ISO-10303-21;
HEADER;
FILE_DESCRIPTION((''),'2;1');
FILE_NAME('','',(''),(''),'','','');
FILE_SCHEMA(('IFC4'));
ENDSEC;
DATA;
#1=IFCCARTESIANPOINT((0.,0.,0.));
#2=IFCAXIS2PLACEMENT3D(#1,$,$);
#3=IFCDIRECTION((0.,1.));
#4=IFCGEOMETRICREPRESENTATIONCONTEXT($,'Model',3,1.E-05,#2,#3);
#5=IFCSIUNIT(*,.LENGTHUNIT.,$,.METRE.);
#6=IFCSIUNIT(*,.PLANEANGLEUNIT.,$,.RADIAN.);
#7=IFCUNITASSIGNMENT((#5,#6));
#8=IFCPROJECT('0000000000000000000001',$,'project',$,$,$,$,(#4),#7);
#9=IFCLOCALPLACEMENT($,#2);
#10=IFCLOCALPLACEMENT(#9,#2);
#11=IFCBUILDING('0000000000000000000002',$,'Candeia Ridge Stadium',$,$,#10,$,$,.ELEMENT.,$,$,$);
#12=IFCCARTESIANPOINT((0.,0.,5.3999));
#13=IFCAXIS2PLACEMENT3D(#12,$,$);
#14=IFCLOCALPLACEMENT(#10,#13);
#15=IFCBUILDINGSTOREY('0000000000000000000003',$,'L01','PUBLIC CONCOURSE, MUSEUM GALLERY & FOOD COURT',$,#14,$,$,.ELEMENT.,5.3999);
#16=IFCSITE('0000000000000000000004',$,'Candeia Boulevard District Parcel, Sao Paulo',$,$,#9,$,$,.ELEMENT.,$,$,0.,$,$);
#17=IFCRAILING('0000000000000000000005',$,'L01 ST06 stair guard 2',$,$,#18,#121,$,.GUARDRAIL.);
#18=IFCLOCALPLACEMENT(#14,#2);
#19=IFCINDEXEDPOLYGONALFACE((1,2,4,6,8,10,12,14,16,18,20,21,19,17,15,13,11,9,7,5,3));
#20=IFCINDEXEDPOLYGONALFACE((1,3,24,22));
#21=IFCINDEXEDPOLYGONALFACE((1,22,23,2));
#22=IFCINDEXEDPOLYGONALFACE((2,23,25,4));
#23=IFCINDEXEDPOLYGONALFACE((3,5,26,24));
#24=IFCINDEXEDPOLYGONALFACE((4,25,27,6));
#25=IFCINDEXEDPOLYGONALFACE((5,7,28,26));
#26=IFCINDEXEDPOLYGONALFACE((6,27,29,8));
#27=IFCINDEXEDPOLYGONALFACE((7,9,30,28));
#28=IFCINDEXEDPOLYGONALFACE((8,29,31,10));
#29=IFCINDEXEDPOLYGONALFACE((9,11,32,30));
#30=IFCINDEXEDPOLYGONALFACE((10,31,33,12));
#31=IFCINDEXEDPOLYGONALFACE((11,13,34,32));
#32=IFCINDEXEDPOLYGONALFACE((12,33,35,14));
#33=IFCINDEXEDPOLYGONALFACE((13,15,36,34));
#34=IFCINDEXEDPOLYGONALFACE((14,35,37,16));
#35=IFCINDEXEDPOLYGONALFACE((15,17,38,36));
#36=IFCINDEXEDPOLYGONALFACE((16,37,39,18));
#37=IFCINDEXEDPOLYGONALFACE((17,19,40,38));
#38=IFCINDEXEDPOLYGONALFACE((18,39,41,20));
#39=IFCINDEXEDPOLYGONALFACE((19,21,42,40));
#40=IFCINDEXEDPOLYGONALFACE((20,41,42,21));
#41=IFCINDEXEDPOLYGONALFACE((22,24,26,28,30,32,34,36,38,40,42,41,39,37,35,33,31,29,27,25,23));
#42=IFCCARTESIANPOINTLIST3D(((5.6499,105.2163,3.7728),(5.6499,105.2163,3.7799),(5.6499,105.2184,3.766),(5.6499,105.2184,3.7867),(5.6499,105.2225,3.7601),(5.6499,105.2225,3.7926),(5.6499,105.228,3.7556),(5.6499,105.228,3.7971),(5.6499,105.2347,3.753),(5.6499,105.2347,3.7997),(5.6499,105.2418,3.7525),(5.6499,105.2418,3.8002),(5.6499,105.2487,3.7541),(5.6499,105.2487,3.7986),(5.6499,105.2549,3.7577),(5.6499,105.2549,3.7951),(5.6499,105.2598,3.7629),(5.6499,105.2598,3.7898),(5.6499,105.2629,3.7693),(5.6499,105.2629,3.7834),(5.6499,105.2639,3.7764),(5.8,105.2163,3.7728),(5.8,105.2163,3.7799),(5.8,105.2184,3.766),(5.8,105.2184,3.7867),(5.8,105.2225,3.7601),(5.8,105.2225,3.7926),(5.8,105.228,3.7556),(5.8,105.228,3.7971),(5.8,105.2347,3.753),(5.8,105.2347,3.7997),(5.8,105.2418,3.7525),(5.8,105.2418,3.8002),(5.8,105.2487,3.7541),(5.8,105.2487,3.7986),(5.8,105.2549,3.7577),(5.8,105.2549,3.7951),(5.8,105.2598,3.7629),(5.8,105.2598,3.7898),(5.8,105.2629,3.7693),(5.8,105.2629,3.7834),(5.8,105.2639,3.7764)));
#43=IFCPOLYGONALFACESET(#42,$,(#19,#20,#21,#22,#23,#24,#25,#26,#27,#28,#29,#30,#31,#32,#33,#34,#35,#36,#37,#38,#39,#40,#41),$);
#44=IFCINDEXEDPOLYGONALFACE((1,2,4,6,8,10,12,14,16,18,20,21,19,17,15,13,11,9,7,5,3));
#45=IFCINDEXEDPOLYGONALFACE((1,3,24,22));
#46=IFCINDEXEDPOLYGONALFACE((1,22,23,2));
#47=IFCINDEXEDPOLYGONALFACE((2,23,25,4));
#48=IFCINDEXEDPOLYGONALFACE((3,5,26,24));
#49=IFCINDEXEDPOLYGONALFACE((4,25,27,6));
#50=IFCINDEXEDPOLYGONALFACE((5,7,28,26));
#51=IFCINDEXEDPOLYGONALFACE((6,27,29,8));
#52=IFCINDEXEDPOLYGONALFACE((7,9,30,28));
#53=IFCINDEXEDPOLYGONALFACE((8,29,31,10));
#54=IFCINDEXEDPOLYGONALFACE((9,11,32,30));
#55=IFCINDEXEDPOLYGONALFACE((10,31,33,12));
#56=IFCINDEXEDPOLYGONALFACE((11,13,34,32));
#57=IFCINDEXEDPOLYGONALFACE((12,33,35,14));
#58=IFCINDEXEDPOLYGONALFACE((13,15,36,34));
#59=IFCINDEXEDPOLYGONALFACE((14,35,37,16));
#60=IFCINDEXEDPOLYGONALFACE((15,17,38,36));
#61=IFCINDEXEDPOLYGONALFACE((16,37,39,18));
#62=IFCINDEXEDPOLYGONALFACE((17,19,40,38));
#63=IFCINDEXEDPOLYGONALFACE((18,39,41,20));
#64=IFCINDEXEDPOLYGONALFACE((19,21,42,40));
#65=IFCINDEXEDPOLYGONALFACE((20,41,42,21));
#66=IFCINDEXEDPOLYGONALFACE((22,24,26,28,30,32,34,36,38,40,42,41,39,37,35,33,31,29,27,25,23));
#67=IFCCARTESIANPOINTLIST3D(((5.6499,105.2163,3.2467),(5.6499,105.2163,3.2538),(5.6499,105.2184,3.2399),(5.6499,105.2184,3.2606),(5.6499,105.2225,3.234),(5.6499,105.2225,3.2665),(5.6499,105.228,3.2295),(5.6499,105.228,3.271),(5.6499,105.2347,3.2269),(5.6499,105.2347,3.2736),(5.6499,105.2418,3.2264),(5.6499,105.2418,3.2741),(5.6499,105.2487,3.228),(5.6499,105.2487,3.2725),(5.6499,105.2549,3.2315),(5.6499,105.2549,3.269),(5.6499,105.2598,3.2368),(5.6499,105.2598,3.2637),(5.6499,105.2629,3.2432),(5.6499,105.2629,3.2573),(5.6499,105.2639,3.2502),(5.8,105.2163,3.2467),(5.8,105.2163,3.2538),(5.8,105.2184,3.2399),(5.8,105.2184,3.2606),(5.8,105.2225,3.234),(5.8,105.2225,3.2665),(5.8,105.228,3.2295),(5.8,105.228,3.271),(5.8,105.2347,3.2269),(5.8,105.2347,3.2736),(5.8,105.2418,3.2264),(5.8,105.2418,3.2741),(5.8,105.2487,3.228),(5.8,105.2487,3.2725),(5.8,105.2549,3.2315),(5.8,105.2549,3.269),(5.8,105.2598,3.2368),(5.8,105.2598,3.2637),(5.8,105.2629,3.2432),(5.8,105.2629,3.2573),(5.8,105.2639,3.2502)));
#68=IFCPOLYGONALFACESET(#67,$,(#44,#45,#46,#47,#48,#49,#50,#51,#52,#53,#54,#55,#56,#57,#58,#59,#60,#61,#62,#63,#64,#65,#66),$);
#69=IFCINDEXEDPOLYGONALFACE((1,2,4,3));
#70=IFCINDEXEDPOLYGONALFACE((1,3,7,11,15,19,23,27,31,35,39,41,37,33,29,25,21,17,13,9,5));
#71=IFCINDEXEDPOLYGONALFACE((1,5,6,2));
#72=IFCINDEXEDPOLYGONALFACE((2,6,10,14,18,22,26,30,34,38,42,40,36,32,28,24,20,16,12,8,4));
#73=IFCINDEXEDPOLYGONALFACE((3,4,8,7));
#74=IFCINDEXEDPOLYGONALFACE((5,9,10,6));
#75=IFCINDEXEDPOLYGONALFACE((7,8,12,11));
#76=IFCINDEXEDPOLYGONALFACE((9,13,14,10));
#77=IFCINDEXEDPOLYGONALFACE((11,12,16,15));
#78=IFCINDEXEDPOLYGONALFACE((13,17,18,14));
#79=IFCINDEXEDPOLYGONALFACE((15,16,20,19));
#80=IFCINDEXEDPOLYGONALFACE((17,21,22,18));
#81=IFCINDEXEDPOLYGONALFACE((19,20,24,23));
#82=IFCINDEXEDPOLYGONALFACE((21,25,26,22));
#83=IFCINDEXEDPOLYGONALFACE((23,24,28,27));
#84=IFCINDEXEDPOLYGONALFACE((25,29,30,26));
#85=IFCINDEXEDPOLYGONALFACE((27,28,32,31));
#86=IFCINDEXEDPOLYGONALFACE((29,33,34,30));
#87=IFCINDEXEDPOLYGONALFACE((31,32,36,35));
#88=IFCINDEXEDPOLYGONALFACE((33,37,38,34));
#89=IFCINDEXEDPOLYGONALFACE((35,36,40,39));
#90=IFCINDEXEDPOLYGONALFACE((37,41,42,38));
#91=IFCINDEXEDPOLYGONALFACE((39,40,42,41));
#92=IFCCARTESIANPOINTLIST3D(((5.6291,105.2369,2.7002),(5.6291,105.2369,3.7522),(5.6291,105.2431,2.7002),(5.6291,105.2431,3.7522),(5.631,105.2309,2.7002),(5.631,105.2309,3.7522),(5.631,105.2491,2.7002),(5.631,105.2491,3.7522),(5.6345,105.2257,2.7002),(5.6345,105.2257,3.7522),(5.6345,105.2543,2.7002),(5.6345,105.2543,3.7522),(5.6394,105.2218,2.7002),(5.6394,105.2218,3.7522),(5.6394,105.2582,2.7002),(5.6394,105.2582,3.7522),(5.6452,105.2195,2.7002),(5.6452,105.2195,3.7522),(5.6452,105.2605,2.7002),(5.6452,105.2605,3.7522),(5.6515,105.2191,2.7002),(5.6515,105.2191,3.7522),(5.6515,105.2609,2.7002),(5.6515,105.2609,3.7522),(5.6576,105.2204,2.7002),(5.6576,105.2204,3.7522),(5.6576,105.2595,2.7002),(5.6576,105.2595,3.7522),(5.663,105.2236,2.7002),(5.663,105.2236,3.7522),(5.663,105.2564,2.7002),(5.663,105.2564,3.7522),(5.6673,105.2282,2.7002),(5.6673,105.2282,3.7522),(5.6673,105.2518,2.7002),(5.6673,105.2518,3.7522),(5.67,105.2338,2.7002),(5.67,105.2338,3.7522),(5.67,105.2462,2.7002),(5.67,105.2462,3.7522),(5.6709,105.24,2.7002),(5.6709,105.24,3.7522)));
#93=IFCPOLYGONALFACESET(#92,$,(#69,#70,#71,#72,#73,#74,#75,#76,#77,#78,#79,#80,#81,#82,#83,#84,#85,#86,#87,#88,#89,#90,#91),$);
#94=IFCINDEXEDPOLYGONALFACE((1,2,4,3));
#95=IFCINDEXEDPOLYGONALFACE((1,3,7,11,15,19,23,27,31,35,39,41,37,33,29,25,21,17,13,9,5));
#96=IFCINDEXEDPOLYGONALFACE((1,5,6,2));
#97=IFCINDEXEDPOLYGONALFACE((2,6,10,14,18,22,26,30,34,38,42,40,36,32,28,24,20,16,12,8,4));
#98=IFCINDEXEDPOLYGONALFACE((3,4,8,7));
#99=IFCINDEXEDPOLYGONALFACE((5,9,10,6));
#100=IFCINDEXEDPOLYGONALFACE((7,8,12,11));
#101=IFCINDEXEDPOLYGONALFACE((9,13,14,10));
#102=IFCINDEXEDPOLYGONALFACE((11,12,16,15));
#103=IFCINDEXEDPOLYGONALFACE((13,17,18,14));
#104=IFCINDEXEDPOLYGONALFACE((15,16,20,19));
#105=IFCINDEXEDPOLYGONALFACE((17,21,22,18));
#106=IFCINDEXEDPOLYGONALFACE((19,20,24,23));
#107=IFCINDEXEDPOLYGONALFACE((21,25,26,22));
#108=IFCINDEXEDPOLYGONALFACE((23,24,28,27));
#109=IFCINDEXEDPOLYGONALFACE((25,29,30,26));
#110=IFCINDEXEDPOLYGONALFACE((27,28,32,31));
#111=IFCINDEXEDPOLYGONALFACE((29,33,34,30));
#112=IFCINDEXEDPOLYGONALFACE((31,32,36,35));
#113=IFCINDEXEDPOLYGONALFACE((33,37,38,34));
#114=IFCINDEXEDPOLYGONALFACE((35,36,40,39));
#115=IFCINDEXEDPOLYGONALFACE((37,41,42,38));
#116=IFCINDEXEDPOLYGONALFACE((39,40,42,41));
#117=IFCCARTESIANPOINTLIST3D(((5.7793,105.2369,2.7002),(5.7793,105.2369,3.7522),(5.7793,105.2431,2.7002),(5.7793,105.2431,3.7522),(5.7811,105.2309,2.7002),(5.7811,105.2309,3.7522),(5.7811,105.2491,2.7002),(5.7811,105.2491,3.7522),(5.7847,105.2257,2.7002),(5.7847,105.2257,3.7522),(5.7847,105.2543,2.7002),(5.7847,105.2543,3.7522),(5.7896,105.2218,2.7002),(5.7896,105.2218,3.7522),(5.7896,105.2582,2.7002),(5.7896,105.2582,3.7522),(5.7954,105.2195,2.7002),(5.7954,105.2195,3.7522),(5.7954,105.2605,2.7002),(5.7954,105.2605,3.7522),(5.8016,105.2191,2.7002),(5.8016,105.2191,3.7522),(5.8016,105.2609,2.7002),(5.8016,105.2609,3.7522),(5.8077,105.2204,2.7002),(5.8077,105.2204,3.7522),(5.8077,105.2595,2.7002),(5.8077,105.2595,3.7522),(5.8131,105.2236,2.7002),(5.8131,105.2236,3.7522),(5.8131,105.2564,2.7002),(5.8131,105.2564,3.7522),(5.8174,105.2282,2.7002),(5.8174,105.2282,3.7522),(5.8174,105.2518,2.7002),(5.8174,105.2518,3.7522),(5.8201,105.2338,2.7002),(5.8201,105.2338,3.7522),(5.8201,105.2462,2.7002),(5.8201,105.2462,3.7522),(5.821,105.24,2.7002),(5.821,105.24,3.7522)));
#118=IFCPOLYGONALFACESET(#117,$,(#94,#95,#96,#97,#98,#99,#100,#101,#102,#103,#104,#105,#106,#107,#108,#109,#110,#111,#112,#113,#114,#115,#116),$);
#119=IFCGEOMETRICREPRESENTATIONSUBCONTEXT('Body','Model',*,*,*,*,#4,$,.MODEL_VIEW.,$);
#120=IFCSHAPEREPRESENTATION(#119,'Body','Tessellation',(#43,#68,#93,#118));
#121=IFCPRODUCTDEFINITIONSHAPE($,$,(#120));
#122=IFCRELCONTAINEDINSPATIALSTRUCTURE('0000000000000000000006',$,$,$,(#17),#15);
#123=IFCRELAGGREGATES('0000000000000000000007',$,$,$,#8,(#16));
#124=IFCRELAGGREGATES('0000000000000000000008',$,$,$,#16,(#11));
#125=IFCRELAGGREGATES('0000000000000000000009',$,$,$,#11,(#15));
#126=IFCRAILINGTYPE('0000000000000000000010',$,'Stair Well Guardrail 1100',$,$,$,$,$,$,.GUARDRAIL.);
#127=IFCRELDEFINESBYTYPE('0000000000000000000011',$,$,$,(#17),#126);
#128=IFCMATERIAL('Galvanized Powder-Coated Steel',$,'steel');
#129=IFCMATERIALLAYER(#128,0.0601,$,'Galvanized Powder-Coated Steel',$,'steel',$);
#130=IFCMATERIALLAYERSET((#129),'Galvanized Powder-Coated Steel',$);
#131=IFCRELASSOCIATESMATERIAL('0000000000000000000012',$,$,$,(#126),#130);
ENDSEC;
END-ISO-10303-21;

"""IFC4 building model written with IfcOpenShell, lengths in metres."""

from ifc_helpers import new_model, si_unit, direction, frame, origin, origin_2d, place, context, subcontext, project, spatial, circle, extrude, material, layer, layer_set, type_object, element, save


model = new_model("IFC4")

# Units and contexts
model_context = context("Model", 3, precision=1e-05, world=origin(), true_north=direction((0.0, 1.0)))
body_context = subcontext(model_context, "Body", "Model", "MODEL_VIEW")
ifc_project = project(units=[si_unit("LENGTHUNIT", "METRE"), si_unit("PLANEANGLEUNIT", "RADIAN")], contexts=[model_context])

# Site, building, storey
site_placement = place(None, origin())
site = spatial("IfcSite", under=ifc_project, at=site_placement, Name="Candeia Boulevard District Parcel, Sao Paulo", CompositionType="ELEMENT", RefElevation=0.0)
building_placement = place(site_placement, origin())
building = spatial("IfcBuilding", under=site, at=building_placement, Name="Candeia Ridge Stadium", CompositionType="ELEMENT")
storey_placement = place(building_placement, frame((0.0, 0.0, 5.3999)))
storey = spatial("IfcBuildingStorey", under=building, at=storey_placement, Name="L01", Description="PUBLIC CONCOURSE, MUSEUM GALLERY & FOOD COURT", CompositionType="ELEMENT", Elevation=5.3999)

# Railing
ifc_material_1 = material(Name="Galvanized Powder-Coated Steel", Category="steel")
ifc_layer_1 = layer(ifc_material_1, 0.0601, Name="Galvanized Powder-Coated Steel", Category="steel")
ifc_layer_set_1 = layer_set([ifc_layer_1], Name="Galvanized Powder-Coated Steel")
railing_type_1 = type_object("IfcRailingType", Name="Stair Well Guardrail 1100", PredefinedType="GUARDRAIL", material=ifc_layer_set_1)
railing_1_placement = place(storey_placement, frame((5.6499, 105.24, 2.7002)))
element("IfcRailing", 1, at=railing_1_placement, inside=storey, type_object=railing_type_1, Name="L01 ST06 stair guard 2", PredefinedType="GUARDRAIL", context=body_context, shape_type="SweptSolid", body=[
    extrude(circle(Radius=0.0239, at=origin_2d()), frame((0.0, 0.0, 1.0762), z_axis=(1.0, 0.0, 0.0), x_axis=(0.0, 1.0, 0.0)), (0.0, 0.0, 1.0), 0.1501),
    extrude(circle(Radius=0.0239, at=origin_2d()), frame((0.0, 0.0, 0.55), z_axis=(1.0, 0.0, 0.0), x_axis=(0.0, 1.0, 0.0)), (0.0, 0.0, 1.0), 0.1501),
    extrude(circle(Radius=0.021, at=origin_2d()), origin(), (0.0, 0.0, 1.0), 1.052),
    extrude(circle(Radius=0.021, at=origin_2d()), frame((0.1501, 0.0, 0.0)), (0.0, 0.0, 1.0), 1.052),
])

save(model, "model.ifc")
